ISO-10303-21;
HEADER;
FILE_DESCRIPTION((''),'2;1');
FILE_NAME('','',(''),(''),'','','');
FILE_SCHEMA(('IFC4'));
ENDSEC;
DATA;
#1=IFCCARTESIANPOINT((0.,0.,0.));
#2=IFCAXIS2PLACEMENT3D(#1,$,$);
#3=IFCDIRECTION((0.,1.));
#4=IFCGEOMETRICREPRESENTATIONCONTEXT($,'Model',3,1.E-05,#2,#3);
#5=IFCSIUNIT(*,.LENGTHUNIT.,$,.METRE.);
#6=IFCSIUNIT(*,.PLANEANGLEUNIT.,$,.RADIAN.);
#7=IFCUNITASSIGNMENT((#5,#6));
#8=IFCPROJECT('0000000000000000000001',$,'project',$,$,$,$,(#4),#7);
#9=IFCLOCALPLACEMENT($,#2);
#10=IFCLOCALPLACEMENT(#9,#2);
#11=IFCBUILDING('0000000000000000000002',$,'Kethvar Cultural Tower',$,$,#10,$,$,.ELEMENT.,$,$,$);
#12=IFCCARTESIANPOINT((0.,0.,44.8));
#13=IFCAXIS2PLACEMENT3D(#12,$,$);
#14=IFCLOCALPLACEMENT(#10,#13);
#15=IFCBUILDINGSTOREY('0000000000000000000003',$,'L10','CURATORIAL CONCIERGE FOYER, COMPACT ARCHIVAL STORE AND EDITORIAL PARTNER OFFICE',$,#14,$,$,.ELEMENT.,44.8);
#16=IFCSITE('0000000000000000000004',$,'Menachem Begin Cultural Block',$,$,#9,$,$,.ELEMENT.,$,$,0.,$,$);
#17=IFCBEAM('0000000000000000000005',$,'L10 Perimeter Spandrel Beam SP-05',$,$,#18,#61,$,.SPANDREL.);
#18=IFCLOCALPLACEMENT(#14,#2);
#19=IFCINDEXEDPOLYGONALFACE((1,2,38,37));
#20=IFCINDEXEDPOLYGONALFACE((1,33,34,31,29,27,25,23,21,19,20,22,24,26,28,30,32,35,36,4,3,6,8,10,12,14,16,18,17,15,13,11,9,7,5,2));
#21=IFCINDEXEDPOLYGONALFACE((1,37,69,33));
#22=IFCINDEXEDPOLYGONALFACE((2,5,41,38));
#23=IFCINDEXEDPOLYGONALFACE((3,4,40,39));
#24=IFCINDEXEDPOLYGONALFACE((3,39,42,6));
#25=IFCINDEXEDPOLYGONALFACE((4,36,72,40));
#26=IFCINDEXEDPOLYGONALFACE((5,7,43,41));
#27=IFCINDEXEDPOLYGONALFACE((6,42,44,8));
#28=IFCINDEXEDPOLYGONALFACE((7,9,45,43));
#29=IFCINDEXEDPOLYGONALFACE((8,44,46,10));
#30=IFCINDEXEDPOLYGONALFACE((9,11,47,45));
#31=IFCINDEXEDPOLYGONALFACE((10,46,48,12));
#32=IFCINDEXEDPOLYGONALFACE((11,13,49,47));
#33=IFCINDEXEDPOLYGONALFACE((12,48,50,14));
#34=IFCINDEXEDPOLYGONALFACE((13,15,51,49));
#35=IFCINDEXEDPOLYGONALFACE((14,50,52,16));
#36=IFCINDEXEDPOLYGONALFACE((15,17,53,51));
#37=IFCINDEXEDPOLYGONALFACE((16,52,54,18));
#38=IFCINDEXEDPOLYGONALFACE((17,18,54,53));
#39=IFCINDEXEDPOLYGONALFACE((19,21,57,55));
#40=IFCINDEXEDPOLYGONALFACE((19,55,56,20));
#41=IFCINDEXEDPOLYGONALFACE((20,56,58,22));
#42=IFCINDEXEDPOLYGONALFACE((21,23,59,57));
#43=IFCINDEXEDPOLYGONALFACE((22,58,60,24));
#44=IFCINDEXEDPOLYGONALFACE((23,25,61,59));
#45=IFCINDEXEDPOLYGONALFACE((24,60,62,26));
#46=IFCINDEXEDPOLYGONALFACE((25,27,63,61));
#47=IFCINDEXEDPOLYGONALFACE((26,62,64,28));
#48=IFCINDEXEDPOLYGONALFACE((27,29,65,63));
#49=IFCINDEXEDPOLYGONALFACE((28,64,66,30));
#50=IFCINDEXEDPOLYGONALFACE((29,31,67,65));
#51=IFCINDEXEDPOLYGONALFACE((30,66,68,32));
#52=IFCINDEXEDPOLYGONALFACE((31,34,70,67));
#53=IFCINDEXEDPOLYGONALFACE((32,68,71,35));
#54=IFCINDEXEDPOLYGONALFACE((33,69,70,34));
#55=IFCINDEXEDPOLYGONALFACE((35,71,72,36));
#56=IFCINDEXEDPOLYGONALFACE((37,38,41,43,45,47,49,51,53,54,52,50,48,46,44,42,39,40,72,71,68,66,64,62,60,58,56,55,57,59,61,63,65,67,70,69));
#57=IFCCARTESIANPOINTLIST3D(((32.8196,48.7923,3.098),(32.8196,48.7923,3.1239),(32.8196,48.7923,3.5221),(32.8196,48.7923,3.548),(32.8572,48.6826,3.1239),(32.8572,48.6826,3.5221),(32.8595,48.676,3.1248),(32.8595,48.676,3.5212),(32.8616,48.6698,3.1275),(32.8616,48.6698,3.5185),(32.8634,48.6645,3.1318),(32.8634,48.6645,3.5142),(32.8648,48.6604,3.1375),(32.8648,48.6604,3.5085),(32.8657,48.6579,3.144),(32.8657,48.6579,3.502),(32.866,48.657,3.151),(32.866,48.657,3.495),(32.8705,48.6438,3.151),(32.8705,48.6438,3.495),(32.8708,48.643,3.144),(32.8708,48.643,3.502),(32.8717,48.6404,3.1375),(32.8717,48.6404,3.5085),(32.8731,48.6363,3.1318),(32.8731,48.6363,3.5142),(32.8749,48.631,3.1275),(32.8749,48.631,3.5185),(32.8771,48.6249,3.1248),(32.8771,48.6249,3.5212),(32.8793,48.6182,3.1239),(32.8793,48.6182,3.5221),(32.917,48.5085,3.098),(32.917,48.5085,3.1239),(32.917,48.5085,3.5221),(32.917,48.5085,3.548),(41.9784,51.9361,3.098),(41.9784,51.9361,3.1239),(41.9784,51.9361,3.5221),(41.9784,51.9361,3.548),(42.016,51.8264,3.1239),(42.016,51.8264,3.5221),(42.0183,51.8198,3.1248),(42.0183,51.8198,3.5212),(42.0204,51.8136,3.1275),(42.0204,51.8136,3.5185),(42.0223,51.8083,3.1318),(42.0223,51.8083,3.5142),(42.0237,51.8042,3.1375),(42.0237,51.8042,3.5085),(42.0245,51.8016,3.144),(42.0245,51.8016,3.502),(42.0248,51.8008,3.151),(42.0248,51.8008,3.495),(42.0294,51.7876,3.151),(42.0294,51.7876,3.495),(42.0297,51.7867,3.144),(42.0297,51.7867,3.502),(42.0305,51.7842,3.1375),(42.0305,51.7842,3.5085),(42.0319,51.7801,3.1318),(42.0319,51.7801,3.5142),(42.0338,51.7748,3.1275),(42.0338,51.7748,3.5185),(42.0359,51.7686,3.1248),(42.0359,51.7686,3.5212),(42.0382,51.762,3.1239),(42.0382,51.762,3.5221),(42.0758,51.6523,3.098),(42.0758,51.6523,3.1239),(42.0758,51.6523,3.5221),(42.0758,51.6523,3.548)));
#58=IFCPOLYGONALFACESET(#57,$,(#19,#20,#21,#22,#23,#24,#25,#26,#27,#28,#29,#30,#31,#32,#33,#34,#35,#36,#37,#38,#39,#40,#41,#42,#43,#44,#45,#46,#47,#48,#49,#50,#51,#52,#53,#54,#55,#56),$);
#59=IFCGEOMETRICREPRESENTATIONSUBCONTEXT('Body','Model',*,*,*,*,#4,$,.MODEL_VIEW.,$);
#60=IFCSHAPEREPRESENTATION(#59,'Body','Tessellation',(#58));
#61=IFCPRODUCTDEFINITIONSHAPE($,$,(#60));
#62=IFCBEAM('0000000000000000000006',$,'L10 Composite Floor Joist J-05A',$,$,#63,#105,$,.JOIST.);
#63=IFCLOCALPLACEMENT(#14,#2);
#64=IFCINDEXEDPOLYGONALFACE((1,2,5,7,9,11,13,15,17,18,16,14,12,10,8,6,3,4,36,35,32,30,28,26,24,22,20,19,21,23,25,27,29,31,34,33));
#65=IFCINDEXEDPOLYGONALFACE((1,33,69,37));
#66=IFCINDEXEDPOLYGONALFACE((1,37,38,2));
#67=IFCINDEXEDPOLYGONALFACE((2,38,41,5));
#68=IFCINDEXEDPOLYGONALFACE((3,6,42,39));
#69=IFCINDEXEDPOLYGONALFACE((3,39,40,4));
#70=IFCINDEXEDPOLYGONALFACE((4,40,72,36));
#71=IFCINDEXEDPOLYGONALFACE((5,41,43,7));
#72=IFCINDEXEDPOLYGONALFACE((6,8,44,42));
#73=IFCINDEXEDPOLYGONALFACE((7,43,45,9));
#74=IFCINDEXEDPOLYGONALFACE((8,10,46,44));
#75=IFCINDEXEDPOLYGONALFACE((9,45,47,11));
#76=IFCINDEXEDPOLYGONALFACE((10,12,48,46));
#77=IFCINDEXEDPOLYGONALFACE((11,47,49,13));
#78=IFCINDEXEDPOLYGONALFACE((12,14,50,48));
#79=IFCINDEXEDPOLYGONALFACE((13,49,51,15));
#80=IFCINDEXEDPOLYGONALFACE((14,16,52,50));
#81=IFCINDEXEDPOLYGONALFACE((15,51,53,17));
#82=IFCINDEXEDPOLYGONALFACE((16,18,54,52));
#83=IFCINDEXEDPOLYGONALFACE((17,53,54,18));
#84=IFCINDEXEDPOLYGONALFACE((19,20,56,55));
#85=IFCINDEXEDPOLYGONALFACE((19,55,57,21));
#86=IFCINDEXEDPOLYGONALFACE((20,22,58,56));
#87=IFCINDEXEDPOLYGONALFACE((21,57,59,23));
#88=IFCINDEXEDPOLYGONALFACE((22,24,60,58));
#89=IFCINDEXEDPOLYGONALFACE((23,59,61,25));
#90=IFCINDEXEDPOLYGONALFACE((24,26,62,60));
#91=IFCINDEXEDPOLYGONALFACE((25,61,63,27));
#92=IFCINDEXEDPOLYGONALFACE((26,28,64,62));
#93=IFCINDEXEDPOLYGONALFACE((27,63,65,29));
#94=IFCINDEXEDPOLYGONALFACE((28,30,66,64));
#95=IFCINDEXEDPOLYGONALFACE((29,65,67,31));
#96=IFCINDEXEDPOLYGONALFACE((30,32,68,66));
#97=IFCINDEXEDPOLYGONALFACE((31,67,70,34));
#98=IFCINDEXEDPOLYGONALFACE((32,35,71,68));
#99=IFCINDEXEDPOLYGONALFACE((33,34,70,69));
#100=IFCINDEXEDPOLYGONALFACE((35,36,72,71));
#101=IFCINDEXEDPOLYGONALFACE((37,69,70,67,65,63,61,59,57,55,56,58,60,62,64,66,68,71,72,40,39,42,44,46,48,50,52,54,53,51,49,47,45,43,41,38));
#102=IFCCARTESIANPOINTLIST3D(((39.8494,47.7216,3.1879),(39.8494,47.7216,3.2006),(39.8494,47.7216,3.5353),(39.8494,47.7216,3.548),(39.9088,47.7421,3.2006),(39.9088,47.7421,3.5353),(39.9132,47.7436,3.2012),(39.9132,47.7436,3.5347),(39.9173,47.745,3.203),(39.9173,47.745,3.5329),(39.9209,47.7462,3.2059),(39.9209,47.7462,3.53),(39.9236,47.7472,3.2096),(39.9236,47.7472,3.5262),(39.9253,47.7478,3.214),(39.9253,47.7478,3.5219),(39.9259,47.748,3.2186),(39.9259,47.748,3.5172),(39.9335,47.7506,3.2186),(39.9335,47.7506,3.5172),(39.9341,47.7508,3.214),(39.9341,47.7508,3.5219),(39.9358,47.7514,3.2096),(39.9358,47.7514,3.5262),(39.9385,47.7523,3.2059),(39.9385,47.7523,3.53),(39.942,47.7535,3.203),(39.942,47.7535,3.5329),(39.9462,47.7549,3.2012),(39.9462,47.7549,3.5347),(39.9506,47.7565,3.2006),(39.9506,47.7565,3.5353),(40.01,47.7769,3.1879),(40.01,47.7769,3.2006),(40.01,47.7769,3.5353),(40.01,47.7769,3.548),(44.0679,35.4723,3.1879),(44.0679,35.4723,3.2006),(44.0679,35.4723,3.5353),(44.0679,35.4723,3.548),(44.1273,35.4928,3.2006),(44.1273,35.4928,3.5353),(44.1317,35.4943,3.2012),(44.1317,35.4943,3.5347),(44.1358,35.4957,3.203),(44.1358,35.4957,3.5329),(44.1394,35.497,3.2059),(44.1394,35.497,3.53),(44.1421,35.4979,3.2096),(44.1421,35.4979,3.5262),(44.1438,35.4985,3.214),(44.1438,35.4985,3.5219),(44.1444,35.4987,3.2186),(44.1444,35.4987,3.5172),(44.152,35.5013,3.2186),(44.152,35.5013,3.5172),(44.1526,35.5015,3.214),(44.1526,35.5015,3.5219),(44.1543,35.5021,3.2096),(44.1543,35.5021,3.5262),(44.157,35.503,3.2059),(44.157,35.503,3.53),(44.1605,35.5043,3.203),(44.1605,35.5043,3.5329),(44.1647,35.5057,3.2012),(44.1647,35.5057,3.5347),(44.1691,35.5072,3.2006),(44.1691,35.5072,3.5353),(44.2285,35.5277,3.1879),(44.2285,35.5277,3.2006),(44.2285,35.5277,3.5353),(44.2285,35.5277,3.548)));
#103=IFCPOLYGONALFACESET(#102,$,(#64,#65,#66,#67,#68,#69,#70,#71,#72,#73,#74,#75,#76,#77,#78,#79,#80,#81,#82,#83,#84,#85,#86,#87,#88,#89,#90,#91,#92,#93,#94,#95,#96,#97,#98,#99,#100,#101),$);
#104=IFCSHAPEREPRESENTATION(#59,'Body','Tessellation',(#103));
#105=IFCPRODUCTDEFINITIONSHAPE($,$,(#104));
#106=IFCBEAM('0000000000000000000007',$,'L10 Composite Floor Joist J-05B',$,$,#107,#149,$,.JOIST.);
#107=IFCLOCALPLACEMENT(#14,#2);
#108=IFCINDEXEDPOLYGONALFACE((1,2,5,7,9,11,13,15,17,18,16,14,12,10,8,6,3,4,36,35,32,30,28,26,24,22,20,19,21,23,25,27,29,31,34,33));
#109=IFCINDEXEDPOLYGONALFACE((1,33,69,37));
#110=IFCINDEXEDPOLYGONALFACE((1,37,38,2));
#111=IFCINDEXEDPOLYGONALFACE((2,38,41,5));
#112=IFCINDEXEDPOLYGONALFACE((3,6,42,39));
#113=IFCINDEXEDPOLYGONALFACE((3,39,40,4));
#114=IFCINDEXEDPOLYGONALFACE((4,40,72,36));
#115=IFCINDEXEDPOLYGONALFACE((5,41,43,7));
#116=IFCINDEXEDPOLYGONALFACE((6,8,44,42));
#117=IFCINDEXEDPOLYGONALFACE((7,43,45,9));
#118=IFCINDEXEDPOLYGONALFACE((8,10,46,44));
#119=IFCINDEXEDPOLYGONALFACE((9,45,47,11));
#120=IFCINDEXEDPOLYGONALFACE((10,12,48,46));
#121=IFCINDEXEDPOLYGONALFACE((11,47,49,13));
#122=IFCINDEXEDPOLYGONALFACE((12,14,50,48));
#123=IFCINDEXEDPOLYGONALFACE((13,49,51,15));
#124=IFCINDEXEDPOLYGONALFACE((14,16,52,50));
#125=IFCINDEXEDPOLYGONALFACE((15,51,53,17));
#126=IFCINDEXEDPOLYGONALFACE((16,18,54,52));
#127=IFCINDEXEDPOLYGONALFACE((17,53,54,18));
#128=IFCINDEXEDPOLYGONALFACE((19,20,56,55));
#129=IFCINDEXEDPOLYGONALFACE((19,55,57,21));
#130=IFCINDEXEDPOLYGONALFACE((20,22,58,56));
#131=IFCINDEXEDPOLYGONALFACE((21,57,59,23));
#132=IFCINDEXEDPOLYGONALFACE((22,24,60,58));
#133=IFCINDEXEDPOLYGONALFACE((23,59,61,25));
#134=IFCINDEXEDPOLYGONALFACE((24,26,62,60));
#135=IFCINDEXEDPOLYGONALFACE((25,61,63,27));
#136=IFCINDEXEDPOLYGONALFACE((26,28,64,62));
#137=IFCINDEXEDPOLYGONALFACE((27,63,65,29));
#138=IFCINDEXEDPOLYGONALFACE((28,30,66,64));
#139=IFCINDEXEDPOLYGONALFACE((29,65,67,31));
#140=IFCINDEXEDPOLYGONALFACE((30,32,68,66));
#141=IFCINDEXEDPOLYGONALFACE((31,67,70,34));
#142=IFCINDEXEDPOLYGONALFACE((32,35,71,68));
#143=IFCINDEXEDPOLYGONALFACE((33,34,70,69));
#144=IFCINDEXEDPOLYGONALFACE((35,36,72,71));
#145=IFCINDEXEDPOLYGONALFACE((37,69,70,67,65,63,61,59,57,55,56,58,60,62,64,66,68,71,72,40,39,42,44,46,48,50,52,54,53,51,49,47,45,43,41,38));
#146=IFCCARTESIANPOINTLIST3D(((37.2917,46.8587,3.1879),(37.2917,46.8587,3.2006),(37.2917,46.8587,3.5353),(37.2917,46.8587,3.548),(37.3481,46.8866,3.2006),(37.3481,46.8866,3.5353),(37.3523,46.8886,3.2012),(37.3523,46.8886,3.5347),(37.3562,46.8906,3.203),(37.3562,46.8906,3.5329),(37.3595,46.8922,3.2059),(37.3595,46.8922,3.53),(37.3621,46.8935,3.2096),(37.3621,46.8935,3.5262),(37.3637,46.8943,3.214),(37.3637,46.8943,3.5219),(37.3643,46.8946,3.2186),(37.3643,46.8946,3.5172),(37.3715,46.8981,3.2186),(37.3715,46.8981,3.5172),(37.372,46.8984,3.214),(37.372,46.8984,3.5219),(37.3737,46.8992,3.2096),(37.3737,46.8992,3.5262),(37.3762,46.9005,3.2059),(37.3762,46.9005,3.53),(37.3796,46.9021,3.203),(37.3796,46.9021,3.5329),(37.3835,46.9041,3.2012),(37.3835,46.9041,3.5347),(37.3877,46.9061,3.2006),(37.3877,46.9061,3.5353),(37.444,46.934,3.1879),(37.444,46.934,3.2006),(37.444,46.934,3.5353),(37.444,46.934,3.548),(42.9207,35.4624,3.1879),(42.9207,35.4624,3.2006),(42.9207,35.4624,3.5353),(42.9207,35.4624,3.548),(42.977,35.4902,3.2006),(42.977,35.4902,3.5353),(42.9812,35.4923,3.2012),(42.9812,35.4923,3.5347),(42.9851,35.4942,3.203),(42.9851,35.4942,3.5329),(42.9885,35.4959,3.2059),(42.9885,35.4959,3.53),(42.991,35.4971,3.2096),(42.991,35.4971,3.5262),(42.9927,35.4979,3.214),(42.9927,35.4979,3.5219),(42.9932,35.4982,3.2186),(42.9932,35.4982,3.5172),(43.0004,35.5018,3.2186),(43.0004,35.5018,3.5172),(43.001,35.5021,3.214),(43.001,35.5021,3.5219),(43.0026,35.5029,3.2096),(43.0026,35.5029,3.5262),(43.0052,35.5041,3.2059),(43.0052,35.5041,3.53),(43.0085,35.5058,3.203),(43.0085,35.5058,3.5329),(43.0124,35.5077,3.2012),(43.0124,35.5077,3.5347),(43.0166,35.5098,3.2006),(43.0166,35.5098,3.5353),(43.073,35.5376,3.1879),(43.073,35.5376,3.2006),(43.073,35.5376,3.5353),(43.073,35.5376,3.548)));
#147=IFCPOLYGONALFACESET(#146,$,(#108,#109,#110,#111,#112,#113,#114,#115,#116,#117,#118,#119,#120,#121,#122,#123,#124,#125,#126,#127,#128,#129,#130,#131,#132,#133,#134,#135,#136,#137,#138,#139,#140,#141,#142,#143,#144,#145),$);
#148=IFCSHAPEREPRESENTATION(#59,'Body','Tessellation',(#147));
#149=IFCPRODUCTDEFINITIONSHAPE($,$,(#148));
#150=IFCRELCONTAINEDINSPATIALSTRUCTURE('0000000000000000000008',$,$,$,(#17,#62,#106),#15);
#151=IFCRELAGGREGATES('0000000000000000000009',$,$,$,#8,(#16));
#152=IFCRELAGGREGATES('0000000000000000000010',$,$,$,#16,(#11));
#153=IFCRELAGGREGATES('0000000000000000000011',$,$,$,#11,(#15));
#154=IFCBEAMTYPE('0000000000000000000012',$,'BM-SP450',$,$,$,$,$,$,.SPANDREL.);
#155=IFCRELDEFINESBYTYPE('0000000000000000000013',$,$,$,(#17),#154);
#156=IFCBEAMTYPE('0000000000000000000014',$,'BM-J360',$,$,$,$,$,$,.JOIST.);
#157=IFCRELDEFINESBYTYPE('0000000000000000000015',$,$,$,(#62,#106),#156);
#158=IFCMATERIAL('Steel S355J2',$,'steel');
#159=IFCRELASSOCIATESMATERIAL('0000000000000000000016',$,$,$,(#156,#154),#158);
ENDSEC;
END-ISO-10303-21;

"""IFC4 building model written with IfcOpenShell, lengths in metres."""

from ifc_helpers import new_model, si_unit, direction, frame, origin, origin_2d, place, context, subcontext, project, spatial, i_section, extrude, source, transform, mapped, material, material_profile, profile_set, type_object, element, save


model = new_model("IFC4")

# Units and contexts
model_context = context("Model", 3, precision=1e-05, world=origin(), true_north=direction((0.0, 1.0)))
body_context = subcontext(model_context, "Body", "Model", "MODEL_VIEW")
ifc_project = project(units=[si_unit("LENGTHUNIT", "METRE"), si_unit("PLANEANGLEUNIT", "RADIAN")], contexts=[model_context])

# Site, building, storey
site_placement = place(None, origin())
site = spatial("IfcSite", under=ifc_project, at=site_placement, Name="Menachem Begin Cultural Block", CompositionType="ELEMENT", RefElevation=0.0)
building_placement = place(site_placement, origin())
building = spatial("IfcBuilding", under=site, at=building_placement, Name="Kethvar Cultural Tower", CompositionType="ELEMENT")
storey_placement = place(building_placement, frame((0.0, 0.0, 44.8)))
storey = spatial("IfcBuildingStorey", under=building, at=storey_placement, Name="L10", Description="CURATORIAL CONCIERGE FOYER, COMPACT ARCHIVAL STORE AND EDITORIAL PARTNER OFFICE", CompositionType="ELEMENT", Elevation=44.8)

# Beams
ifc_material_1 = material(Name="Steel S355J2", Category="steel")
ifc_material_profile_1 = material_profile(ifc_material_1, i_section(OverallWidth=0.1699, OverallDepth=0.3601, WebThickness=0.0081, FlangeThickness=0.0127, FilletRadius=0.0181, at=origin_2d()), Name="Steel S355J2 — IPE360")
ifc_profile_set_1 = profile_set([ifc_material_profile_1], Name="Steel S355J2 — IPE360")
beam_type_1 = type_object("IfcBeamType", Name="BM-J360", PredefinedType="JOIST", material=ifc_profile_set_1)
ifc_material_profile_2 = material_profile(ifc_material_1, i_section(OverallWidth=0.3, OverallDepth=0.45, WebThickness=0.0139, FlangeThickness=0.0259, FilletRadius=0.0271, at=origin_2d()), Name="Steel S355J2 — HEB450")
ifc_profile_set_2 = profile_set([ifc_material_profile_2], Name="Steel S355J2 — HEB450")
beam_type_2 = type_object("IfcBeamType", Name="BM-SP450", PredefinedType="SPANDREL", material=ifc_profile_set_2)
shared_shape_1 = source(origin(), body_context, "Body", "SweptSolid", [
    extrude(i_section(OverallWidth=0.3, OverallDepth=0.45, WebThickness=0.0139, FlangeThickness=0.0259, FilletRadius=0.0271, at=origin_2d()), origin(), (0.0, 0.0, 1.0), 9.6833),
])
beam_1_placement = place(storey_placement, frame((42.0271, 51.7942, 3.323), z_axis=(-0.945832, -0.324656, 0.0), x_axis=(0.324656, -0.945832, 0.0)))
element("IfcBeam", 1, at=beam_1_placement, inside=storey, type_object=beam_type_2, Name="L10 Perimeter Spandrel Beam SP-05", PredefinedType="SPANDREL", context=body_context, shape_type="MappedRepresentation", body=[
    mapped(shared_shape_1, transform((0.0, 0.0, 0.0), scale=1.0)),
])
shared_shape_2 = source(origin(), body_context, "Body", "SweptSolid", [
    extrude(i_section(OverallWidth=0.1699, OverallDepth=0.3601, WebThickness=0.0081, FlangeThickness=0.0127, FilletRadius=0.0181, at=origin_2d()), origin(), (0.0, 0.0, 1.0), 12.9553),
])
beam_2_placement = place(storey_placement, frame((44.1482, 35.5, 3.3679), z_axis=(-0.32562, 0.945501, 0.0), x_axis=(-0.945501, -0.32562, 0.0)))
element("IfcBeam", 2, at=beam_2_placement, inside=storey, type_object=beam_type_1, Name="L10 Composite Floor Joist J-05A", PredefinedType="JOIST", context=body_context, shape_type="MappedRepresentation", body=[
    mapped(shared_shape_2, transform((0.0, 0.0, 0.0), scale=1.0)),
])
shared_shape_3 = source(origin(), body_context, "Body", "SweptSolid", [
    extrude(i_section(OverallWidth=0.1699, OverallDepth=0.3601, WebThickness=0.0081, FlangeThickness=0.0127, FilletRadius=0.0181, at=origin_2d()), origin(), (0.0, 0.0, 1.0), 12.7107),
])
beam_3_placement = place(storey_placement, frame((42.9968, 35.5, 3.3679), z_axis=(-0.442852, 0.896595, 0.0), x_axis=(-0.896595, -0.442852, 0.0)))
element("IfcBeam", 3, at=beam_3_placement, inside=storey, type_object=beam_type_1, Name="L10 Composite Floor Joist J-05B", PredefinedType="JOIST", context=body_context, shape_type="MappedRepresentation", body=[
    mapped(shared_shape_3, transform((0.0, 0.0, 0.0), scale=1.0)),
])

save(model, "model.ifc")
